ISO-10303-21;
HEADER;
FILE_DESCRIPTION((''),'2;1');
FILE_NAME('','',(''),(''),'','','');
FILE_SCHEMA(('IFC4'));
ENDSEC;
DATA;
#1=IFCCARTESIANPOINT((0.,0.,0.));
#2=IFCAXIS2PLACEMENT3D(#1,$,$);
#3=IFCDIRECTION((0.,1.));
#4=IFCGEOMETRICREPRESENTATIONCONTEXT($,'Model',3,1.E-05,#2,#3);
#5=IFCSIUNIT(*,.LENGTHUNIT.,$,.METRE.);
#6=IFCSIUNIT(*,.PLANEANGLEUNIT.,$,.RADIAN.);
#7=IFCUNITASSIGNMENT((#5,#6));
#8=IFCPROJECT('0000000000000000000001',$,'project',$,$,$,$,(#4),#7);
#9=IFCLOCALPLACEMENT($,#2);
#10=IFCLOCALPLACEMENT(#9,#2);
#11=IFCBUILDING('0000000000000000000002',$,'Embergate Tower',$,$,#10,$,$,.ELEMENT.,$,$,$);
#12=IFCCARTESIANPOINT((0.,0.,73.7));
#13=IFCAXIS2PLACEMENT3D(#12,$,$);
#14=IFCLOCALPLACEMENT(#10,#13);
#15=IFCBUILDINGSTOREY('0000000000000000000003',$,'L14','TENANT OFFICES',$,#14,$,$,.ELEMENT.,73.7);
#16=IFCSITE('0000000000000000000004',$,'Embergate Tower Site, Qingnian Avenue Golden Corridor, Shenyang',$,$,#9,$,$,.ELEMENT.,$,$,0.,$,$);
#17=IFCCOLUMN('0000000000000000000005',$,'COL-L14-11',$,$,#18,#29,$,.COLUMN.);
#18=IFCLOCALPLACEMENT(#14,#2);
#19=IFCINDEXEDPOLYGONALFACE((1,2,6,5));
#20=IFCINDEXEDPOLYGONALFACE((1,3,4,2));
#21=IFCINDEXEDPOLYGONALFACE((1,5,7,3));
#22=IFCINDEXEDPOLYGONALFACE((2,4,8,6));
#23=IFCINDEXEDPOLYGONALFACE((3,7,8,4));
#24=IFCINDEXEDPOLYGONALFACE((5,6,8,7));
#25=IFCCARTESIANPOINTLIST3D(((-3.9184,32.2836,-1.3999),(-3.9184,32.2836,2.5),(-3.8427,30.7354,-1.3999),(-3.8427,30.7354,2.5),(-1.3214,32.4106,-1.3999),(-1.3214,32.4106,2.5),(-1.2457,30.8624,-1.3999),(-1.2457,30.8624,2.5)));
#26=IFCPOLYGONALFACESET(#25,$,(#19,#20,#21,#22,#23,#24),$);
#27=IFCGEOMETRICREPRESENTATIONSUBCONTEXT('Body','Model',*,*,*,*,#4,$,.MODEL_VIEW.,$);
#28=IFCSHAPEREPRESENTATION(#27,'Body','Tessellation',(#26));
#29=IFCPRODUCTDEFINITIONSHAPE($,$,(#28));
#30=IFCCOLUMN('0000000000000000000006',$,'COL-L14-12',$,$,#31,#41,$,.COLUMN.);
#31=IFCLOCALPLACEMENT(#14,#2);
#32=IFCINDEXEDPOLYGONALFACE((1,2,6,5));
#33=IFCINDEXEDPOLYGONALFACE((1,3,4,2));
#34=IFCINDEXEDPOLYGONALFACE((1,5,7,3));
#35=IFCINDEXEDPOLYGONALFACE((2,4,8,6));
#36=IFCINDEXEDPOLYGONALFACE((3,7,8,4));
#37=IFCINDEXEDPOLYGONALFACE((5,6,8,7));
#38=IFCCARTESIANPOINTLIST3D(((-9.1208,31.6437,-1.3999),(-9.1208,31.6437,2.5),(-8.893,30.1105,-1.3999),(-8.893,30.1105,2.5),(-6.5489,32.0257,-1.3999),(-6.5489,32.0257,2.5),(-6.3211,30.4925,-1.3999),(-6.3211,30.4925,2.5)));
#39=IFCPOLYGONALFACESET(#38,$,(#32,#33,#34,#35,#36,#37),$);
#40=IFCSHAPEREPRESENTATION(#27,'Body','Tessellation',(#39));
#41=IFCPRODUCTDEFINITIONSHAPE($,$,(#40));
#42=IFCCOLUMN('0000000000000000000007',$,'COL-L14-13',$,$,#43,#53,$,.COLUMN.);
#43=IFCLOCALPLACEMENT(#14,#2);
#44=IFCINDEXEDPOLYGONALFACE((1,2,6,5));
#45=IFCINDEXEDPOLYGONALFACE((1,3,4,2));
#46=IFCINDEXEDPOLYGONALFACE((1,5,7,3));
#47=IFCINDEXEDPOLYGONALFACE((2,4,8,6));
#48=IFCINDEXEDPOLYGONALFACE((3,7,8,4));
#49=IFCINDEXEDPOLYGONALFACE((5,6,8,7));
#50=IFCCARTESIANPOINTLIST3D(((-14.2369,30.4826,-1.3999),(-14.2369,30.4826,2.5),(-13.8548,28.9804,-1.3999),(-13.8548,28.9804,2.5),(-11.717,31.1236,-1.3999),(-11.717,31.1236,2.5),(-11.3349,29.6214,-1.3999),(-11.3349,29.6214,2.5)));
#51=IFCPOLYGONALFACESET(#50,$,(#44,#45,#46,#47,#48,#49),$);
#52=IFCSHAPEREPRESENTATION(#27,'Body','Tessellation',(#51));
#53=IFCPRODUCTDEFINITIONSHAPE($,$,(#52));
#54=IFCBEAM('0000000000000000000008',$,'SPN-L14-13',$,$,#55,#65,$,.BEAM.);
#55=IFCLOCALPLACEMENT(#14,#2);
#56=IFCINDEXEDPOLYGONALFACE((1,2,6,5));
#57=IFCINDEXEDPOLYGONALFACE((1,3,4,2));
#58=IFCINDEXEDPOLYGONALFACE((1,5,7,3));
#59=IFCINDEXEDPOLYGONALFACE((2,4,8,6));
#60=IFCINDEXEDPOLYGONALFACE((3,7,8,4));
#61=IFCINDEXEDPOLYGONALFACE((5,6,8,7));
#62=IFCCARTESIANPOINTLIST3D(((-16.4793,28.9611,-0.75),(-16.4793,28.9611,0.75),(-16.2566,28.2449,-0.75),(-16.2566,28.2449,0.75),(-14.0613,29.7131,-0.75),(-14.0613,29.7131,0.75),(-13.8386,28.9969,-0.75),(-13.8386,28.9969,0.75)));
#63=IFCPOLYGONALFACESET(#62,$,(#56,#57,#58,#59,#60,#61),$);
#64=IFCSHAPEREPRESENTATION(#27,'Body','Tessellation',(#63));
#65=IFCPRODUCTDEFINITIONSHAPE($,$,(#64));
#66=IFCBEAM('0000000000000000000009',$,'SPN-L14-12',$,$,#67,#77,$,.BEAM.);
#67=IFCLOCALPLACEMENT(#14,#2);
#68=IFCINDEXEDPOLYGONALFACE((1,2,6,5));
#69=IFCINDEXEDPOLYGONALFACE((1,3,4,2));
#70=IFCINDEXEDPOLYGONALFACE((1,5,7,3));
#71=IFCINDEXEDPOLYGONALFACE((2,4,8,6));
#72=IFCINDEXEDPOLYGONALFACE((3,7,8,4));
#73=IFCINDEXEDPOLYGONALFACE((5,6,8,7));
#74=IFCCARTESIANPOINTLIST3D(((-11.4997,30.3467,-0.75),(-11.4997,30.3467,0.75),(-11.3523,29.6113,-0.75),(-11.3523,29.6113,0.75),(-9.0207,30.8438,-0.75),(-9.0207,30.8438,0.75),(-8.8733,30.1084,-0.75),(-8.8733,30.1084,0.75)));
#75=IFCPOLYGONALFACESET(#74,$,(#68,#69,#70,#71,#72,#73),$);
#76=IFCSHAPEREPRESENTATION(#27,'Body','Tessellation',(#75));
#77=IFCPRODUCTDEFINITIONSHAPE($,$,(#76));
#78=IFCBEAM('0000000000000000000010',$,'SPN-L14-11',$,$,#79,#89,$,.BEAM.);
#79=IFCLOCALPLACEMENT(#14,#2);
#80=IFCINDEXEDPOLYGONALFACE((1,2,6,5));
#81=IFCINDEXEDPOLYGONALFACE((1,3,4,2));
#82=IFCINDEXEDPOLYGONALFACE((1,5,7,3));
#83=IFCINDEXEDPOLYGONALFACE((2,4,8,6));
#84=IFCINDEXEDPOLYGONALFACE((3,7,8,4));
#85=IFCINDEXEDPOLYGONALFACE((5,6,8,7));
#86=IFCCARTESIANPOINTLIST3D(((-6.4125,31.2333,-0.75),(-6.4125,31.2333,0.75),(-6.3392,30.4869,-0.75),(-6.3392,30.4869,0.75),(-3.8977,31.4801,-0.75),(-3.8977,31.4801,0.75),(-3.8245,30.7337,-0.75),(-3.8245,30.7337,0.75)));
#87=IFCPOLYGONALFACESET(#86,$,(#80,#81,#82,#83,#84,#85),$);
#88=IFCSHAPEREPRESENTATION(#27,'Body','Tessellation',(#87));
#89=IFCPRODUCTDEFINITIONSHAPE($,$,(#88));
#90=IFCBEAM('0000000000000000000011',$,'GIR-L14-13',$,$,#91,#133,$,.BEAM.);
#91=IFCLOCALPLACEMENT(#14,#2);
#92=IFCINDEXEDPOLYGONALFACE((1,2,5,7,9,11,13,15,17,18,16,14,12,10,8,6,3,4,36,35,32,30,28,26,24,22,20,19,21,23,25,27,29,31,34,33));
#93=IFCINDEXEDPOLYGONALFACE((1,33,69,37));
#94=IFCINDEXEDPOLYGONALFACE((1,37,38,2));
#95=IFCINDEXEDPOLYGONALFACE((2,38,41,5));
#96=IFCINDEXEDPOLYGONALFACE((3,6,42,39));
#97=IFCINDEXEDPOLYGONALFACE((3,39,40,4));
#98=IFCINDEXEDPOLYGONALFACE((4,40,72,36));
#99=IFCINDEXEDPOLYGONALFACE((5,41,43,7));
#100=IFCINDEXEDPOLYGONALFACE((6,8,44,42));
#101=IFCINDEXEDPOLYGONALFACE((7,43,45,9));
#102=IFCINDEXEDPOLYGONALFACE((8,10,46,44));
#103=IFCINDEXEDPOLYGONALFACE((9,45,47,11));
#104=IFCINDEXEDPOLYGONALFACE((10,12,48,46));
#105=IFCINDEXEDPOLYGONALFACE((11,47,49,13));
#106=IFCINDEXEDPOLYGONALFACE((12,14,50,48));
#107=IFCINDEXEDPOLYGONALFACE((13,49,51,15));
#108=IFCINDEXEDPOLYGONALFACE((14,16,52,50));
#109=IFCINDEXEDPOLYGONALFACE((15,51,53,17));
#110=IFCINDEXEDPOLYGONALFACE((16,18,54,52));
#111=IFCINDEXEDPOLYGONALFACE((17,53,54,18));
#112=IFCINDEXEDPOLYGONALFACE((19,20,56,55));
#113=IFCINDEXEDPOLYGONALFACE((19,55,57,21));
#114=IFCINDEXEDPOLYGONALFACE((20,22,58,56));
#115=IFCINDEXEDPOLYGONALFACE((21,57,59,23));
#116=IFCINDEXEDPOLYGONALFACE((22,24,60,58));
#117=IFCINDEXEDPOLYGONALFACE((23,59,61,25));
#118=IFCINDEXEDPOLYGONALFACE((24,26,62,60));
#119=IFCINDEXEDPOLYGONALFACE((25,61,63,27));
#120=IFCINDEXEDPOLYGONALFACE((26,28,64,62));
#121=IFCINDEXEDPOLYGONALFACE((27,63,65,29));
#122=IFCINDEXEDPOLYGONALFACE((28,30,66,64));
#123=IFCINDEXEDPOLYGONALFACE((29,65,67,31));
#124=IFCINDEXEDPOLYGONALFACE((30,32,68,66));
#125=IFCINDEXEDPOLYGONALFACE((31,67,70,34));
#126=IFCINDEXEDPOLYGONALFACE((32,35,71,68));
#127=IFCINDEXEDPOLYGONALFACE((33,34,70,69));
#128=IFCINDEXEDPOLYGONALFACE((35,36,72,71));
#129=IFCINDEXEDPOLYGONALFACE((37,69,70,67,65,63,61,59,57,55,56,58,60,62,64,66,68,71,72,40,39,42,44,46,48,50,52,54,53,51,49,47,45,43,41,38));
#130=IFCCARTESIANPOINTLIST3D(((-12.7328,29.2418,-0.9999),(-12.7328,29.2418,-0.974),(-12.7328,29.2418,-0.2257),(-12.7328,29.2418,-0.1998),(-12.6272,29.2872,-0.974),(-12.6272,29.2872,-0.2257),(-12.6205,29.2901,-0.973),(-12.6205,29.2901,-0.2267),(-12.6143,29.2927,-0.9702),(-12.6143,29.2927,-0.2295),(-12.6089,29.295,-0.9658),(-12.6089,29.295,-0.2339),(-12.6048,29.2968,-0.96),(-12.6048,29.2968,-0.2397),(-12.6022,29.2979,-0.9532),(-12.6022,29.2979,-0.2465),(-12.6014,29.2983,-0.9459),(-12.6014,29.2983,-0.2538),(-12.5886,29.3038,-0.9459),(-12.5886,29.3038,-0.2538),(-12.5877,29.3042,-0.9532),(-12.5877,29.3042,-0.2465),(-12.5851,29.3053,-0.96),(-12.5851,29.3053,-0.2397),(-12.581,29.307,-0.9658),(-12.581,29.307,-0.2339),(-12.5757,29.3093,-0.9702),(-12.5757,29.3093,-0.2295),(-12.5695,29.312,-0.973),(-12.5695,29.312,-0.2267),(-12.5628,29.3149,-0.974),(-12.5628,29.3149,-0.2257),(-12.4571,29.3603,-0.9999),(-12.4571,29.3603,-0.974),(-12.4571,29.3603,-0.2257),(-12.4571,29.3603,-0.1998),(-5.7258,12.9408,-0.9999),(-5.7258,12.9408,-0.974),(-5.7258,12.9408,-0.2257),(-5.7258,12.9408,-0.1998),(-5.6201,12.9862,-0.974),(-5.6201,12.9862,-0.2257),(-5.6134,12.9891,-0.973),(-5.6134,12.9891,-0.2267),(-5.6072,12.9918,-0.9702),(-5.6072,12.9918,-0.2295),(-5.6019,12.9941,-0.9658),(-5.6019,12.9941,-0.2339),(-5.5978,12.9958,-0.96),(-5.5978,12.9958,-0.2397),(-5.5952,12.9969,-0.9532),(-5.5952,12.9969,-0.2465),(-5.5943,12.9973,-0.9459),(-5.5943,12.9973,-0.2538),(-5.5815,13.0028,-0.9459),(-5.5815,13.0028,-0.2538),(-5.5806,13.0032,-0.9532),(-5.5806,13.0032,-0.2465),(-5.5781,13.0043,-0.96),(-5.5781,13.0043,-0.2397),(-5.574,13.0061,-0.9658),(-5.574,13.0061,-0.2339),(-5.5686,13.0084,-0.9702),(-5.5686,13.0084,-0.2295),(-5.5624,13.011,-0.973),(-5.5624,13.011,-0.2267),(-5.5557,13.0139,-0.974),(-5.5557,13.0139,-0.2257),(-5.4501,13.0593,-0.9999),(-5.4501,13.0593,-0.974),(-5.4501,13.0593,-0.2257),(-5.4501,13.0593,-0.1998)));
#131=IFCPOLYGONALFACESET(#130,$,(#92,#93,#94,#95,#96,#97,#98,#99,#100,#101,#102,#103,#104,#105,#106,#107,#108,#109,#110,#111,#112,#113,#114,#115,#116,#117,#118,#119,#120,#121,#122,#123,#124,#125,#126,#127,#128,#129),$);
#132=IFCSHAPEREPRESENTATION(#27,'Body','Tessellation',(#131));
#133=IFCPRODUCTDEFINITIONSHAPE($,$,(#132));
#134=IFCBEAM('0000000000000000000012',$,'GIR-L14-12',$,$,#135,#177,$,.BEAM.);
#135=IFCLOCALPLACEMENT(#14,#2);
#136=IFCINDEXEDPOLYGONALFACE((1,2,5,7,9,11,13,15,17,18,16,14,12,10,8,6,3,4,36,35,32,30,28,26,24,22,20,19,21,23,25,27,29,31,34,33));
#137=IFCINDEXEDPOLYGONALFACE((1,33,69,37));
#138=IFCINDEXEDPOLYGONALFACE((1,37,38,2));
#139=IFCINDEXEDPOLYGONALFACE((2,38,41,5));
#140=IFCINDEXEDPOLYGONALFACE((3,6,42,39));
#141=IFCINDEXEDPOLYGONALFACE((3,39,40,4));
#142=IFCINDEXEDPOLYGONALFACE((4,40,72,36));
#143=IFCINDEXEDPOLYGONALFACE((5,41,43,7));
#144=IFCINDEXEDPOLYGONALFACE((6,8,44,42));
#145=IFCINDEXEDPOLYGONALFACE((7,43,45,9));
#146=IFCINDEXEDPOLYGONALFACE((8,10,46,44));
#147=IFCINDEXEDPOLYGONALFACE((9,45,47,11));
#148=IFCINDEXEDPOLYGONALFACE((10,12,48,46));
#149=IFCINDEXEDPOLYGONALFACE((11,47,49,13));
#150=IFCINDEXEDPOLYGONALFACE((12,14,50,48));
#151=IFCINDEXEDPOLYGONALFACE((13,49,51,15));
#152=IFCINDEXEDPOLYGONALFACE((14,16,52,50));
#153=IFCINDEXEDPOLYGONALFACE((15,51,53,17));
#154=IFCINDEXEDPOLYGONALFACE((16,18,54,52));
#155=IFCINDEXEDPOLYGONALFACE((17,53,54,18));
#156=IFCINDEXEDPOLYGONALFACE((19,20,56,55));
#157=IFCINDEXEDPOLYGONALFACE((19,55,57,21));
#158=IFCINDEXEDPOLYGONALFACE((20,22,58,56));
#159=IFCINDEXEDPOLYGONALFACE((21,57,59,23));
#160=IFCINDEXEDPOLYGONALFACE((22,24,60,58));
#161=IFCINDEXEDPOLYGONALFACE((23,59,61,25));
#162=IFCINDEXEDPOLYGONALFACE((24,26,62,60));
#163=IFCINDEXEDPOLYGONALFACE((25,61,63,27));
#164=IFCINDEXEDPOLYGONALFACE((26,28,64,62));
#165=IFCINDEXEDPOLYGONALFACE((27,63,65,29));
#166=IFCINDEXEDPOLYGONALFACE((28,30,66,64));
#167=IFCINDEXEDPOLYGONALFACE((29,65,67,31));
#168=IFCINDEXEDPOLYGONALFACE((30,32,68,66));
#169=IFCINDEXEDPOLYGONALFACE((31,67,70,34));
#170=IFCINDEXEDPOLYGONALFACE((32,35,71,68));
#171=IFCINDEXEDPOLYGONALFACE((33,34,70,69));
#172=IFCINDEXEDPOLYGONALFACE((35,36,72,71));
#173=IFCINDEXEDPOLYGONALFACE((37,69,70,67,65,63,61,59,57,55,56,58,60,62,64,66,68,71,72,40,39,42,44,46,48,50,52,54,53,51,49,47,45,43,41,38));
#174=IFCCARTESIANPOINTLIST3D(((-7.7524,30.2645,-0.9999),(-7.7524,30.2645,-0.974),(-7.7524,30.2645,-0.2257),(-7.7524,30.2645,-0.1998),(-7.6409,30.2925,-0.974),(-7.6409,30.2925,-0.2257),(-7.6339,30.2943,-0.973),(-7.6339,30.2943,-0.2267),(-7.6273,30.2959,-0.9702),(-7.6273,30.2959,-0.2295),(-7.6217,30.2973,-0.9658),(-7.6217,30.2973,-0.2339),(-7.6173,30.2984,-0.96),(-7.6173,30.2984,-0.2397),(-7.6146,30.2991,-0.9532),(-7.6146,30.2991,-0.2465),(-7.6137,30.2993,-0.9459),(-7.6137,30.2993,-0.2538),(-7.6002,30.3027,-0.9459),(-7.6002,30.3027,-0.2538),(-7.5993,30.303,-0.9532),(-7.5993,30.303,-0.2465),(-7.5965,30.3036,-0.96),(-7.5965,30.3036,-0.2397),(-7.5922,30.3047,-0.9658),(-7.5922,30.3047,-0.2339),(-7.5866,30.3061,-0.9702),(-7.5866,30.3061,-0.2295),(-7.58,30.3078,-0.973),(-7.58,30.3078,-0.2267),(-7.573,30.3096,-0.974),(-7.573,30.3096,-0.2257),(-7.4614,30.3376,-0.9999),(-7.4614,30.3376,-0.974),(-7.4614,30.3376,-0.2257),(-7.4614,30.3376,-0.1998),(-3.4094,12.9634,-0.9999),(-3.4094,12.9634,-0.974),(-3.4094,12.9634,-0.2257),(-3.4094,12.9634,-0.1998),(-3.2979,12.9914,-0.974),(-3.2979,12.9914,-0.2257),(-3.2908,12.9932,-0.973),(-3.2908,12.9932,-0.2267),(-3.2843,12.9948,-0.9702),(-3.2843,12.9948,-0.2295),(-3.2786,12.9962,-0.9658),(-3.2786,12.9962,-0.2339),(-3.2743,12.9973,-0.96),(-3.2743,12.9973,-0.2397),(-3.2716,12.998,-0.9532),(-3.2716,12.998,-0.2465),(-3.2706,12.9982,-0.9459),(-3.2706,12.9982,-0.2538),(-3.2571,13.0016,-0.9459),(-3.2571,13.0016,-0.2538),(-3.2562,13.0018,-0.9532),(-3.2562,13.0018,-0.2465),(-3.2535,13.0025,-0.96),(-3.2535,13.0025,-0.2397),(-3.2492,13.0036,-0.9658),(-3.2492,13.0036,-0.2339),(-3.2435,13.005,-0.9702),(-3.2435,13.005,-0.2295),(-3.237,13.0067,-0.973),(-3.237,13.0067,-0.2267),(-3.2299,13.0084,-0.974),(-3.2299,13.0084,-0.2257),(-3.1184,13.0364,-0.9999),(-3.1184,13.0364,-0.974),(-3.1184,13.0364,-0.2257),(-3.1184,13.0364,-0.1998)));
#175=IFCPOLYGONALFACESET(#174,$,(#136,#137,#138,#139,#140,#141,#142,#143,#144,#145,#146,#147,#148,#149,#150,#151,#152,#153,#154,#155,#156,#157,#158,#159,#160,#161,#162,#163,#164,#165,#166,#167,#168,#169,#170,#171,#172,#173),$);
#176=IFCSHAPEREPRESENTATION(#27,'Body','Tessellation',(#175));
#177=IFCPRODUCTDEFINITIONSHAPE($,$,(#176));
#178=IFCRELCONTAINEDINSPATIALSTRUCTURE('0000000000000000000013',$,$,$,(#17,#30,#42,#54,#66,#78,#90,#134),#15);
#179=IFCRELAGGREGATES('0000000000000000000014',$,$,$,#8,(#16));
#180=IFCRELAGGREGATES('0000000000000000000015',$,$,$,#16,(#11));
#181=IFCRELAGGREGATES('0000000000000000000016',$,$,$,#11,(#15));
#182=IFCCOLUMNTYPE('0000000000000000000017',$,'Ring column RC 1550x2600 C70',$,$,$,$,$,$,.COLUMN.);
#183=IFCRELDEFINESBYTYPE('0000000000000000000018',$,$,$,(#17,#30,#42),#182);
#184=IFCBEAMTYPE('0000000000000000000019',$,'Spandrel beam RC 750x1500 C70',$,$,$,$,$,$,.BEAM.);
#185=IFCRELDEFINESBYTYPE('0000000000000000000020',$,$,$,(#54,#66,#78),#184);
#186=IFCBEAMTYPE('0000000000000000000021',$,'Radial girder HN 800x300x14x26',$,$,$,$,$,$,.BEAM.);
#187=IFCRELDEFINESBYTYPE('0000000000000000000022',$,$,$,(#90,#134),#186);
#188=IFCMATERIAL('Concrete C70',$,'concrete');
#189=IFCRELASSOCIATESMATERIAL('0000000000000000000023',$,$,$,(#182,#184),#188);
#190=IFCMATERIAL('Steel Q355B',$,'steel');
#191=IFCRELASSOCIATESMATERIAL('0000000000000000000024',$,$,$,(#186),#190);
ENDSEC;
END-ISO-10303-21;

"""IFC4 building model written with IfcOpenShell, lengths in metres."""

from ifc_helpers import new_model, si_unit, direction, frame, origin, origin_2d, place, context, subcontext, project, spatial, rectangle, i_section, extrude, source, transform, mapped, material, material_profile, profile_set, type_object, element, save


model = new_model("IFC4")

# Units and contexts
model_context = context("Model", 3, precision=1e-05, world=origin(), true_north=direction((0.0, 1.0)))
body_context = subcontext(model_context, "Body", "Model", "MODEL_VIEW")
ifc_project = project(units=[si_unit("LENGTHUNIT", "METRE"), si_unit("PLANEANGLEUNIT", "RADIAN")], contexts=[model_context])

# Site, building, storey
site_placement = place(None, origin())
site = spatial("IfcSite", under=ifc_project, at=site_placement, Name="Embergate Tower Site, Qingnian Avenue Golden Corridor, Shenyang", CompositionType="ELEMENT", RefElevation=0.0)
building_placement = place(site_placement, origin())
building = spatial("IfcBuilding", under=site, at=building_placement, Name="Embergate Tower", CompositionType="ELEMENT")
storey_placement = place(building_placement, frame((0.0, 0.0, 73.7)))
storey = spatial("IfcBuildingStorey", under=building, at=storey_placement, Name="L14", Description="TENANT OFFICES", CompositionType="ELEMENT", Elevation=73.7)

# Columns
ifc_material_1 = material(Name="Concrete C70", Category="concrete")
ifc_material_profile_1 = material_profile(ifc_material_1, rectangle(XDim=1.55, YDim=2.6001, at=origin_2d()), Name="RC 1550x2600")
ifc_profile_set_1 = profile_set([ifc_material_profile_1], Name="Concrete C70")
column_type = type_object("IfcColumnType", Name="Ring column RC 1550x2600 C70", PredefinedType="COLUMN", material=ifc_profile_set_1)
shared_shape_1 = source(origin(), body_context, "Body", "SweptSolid", [
    extrude(rectangle(XDim=1.55, YDim=2.6001, at=origin_2d()), origin(), (0.0, 0.0, 1.0), 3.8999),
])
for number, where, z_axis, x_axis, name in (
    (1, (-2.582, 31.573, -1.3999), (0.0, 0.0, 1.0), (-0.048815, 0.998808, 0.0), "COL-L14-11"),
    (2, (-7.7209, 31.0681, -1.3999), (0.0, 0.0, 1.0), (-0.146929, 0.989147, 0.0), "COL-L14-12"),
    (3, (-12.7859, 30.052, -1.3999), (0.0, 0.0, 1.0), (-0.246509, 0.969141, 0.0), "COL-L14-13"),
):
    element("IfcColumn", number, at=place(storey_placement, frame(where, z_axis=z_axis, x_axis=x_axis)), inside=storey, type_object=column_type, Name=name, PredefinedType="COLUMN", context=body_context, shape_type="MappedRepresentation", body=[
        mapped(shared_shape_1, transform((0.0, 0.0, 0.0))),
    ])

# Beams
ifc_material_profile_2 = material_profile(ifc_material_1, rectangle(XDim=0.75, YDim=1.5, at=origin_2d()), Name="RC 750x1500")
ifc_profile_set_2 = profile_set([ifc_material_profile_2], Name="Concrete C70")
beam_type_1 = type_object("IfcBeamType", Name="Spandrel beam RC 750x1500 C70", PredefinedType="BEAM", material=ifc_profile_set_2)
shared_shape_2 = source(origin(), body_context, "Body", "SweptSolid", [
    extrude(rectangle(XDim=0.75, YDim=1.5, at=origin_2d()), origin(), (0.0, 0.0, 1.0), 2.5322),
])
beam_1_placement = place(storey_placement, frame((-13.95, 29.355, 0.0), z_axis=(-0.954891, -0.296957, 0.0), x_axis=(0.296957, -0.954891, 0.0)))
element("IfcBeam", 4, at=beam_1_placement, inside=storey, type_object=beam_type_1, Name="SPN-L14-13", PredefinedType="BEAM", context=body_context, shape_type="MappedRepresentation", body=[
    mapped(shared_shape_2, transform((0.0, 0.0, 0.0))),
])
shared_shape_3 = source(origin(), body_context, "Body", "SweptSolid", [
    extrude(rectangle(XDim=0.75, YDim=1.5, at=origin_2d()), origin(), (0.0, 0.0, 1.0), 2.5283),
])
beam_2_placement = place(storey_placement, frame((-8.947, 30.4761, 0.0), z_axis=(-0.980484, -0.196599, 0.0), x_axis=(0.196599, -0.980484, 0.0)))
element("IfcBeam", 5, at=beam_2_placement, inside=storey, type_object=beam_type_1, Name="SPN-L14-12", PredefinedType="BEAM", context=body_context, shape_type="MappedRepresentation", body=[
    mapped(shared_shape_3, transform((0.0, 0.0, 0.0))),
])
shared_shape_4 = source(origin(), body_context, "Body", "SweptSolid", [
    extrude(rectangle(XDim=0.75, YDim=1.5, at=origin_2d()), origin(), (0.0, 0.0, 1.0), 2.5269),
])
beam_3_placement = place(storey_placement, frame((-3.8611, 31.1069, 0.0), z_axis=(-0.995218, -0.097676, 0.0), x_axis=(0.097676, -0.995218, 0.0)))
element("IfcBeam", 6, at=beam_3_placement, inside=storey, type_object=beam_type_1, Name="SPN-L14-11", PredefinedType="BEAM", context=body_context, shape_type="MappedRepresentation", body=[
    mapped(shared_shape_4, transform((0.0, 0.0, 0.0))),
])
ifc_material_2 = material(Name="Steel Q355B", Category="steel")
ifc_material_profile_3 = material_profile(ifc_material_2, i_section(OverallWidth=0.3, OverallDepth=0.8, WebThickness=0.0139, FlangeThickness=0.0259, FilletRadius=0.0281, at=origin_2d()), Name="HN 800x300x14x26")
ifc_profile_set_3 = profile_set([ifc_material_profile_3], Name="Steel Q355 grade B")
beam_type_2 = type_object("IfcBeamType", Name="Radial girder HN 800x300x14x26", PredefinedType="BEAM", material=ifc_profile_set_3)
shared_shape_5 = source(origin(), body_context, "Body", "SweptSolid", [
    extrude(i_section(OverallWidth=0.3, OverallDepth=0.8, WebThickness=0.0139, FlangeThickness=0.0259, FilletRadius=0.0281, at=origin_2d()), origin(), (0.0, 0.0, 1.0), 17.7432),
])
beam_4_placement = place(storey_placement, frame((-12.595, 29.301, -0.5999), z_axis=(0.394915, -0.918717, 0.0), x_axis=(0.918717, 0.394915, 0.0)))
element("IfcBeam", 7, at=beam_4_placement, inside=storey, type_object=beam_type_2, Name="GIR-L14-13", PredefinedType="BEAM", context=body_context, shape_type="MappedRepresentation", body=[
    mapped(shared_shape_5, transform((0.0, 0.0, 0.0))),
])
shared_shape_6 = source(origin(), body_context, "Body", "SweptSolid", [
    extrude(i_section(OverallWidth=0.3, OverallDepth=0.8, WebThickness=0.0139, FlangeThickness=0.0259, FilletRadius=0.0281, at=origin_2d()), origin(), (0.0, 0.0, 1.0), 17.8379),
])
beam_5_placement = place(storey_placement, frame((-7.6069, 30.301, -0.5999), z_axis=(0.243473, -0.969908, 0.0), x_axis=(0.969908, 0.243473, 0.0)))
element("IfcBeam", 8, at=beam_5_placement, inside=storey, type_object=beam_type_2, Name="GIR-L14-12", PredefinedType="BEAM", context=body_context, shape_type="MappedRepresentation", body=[
    mapped(shared_shape_6, transform((0.0, 0.0, 0.0))),
])

save(model, "model.ifc")
